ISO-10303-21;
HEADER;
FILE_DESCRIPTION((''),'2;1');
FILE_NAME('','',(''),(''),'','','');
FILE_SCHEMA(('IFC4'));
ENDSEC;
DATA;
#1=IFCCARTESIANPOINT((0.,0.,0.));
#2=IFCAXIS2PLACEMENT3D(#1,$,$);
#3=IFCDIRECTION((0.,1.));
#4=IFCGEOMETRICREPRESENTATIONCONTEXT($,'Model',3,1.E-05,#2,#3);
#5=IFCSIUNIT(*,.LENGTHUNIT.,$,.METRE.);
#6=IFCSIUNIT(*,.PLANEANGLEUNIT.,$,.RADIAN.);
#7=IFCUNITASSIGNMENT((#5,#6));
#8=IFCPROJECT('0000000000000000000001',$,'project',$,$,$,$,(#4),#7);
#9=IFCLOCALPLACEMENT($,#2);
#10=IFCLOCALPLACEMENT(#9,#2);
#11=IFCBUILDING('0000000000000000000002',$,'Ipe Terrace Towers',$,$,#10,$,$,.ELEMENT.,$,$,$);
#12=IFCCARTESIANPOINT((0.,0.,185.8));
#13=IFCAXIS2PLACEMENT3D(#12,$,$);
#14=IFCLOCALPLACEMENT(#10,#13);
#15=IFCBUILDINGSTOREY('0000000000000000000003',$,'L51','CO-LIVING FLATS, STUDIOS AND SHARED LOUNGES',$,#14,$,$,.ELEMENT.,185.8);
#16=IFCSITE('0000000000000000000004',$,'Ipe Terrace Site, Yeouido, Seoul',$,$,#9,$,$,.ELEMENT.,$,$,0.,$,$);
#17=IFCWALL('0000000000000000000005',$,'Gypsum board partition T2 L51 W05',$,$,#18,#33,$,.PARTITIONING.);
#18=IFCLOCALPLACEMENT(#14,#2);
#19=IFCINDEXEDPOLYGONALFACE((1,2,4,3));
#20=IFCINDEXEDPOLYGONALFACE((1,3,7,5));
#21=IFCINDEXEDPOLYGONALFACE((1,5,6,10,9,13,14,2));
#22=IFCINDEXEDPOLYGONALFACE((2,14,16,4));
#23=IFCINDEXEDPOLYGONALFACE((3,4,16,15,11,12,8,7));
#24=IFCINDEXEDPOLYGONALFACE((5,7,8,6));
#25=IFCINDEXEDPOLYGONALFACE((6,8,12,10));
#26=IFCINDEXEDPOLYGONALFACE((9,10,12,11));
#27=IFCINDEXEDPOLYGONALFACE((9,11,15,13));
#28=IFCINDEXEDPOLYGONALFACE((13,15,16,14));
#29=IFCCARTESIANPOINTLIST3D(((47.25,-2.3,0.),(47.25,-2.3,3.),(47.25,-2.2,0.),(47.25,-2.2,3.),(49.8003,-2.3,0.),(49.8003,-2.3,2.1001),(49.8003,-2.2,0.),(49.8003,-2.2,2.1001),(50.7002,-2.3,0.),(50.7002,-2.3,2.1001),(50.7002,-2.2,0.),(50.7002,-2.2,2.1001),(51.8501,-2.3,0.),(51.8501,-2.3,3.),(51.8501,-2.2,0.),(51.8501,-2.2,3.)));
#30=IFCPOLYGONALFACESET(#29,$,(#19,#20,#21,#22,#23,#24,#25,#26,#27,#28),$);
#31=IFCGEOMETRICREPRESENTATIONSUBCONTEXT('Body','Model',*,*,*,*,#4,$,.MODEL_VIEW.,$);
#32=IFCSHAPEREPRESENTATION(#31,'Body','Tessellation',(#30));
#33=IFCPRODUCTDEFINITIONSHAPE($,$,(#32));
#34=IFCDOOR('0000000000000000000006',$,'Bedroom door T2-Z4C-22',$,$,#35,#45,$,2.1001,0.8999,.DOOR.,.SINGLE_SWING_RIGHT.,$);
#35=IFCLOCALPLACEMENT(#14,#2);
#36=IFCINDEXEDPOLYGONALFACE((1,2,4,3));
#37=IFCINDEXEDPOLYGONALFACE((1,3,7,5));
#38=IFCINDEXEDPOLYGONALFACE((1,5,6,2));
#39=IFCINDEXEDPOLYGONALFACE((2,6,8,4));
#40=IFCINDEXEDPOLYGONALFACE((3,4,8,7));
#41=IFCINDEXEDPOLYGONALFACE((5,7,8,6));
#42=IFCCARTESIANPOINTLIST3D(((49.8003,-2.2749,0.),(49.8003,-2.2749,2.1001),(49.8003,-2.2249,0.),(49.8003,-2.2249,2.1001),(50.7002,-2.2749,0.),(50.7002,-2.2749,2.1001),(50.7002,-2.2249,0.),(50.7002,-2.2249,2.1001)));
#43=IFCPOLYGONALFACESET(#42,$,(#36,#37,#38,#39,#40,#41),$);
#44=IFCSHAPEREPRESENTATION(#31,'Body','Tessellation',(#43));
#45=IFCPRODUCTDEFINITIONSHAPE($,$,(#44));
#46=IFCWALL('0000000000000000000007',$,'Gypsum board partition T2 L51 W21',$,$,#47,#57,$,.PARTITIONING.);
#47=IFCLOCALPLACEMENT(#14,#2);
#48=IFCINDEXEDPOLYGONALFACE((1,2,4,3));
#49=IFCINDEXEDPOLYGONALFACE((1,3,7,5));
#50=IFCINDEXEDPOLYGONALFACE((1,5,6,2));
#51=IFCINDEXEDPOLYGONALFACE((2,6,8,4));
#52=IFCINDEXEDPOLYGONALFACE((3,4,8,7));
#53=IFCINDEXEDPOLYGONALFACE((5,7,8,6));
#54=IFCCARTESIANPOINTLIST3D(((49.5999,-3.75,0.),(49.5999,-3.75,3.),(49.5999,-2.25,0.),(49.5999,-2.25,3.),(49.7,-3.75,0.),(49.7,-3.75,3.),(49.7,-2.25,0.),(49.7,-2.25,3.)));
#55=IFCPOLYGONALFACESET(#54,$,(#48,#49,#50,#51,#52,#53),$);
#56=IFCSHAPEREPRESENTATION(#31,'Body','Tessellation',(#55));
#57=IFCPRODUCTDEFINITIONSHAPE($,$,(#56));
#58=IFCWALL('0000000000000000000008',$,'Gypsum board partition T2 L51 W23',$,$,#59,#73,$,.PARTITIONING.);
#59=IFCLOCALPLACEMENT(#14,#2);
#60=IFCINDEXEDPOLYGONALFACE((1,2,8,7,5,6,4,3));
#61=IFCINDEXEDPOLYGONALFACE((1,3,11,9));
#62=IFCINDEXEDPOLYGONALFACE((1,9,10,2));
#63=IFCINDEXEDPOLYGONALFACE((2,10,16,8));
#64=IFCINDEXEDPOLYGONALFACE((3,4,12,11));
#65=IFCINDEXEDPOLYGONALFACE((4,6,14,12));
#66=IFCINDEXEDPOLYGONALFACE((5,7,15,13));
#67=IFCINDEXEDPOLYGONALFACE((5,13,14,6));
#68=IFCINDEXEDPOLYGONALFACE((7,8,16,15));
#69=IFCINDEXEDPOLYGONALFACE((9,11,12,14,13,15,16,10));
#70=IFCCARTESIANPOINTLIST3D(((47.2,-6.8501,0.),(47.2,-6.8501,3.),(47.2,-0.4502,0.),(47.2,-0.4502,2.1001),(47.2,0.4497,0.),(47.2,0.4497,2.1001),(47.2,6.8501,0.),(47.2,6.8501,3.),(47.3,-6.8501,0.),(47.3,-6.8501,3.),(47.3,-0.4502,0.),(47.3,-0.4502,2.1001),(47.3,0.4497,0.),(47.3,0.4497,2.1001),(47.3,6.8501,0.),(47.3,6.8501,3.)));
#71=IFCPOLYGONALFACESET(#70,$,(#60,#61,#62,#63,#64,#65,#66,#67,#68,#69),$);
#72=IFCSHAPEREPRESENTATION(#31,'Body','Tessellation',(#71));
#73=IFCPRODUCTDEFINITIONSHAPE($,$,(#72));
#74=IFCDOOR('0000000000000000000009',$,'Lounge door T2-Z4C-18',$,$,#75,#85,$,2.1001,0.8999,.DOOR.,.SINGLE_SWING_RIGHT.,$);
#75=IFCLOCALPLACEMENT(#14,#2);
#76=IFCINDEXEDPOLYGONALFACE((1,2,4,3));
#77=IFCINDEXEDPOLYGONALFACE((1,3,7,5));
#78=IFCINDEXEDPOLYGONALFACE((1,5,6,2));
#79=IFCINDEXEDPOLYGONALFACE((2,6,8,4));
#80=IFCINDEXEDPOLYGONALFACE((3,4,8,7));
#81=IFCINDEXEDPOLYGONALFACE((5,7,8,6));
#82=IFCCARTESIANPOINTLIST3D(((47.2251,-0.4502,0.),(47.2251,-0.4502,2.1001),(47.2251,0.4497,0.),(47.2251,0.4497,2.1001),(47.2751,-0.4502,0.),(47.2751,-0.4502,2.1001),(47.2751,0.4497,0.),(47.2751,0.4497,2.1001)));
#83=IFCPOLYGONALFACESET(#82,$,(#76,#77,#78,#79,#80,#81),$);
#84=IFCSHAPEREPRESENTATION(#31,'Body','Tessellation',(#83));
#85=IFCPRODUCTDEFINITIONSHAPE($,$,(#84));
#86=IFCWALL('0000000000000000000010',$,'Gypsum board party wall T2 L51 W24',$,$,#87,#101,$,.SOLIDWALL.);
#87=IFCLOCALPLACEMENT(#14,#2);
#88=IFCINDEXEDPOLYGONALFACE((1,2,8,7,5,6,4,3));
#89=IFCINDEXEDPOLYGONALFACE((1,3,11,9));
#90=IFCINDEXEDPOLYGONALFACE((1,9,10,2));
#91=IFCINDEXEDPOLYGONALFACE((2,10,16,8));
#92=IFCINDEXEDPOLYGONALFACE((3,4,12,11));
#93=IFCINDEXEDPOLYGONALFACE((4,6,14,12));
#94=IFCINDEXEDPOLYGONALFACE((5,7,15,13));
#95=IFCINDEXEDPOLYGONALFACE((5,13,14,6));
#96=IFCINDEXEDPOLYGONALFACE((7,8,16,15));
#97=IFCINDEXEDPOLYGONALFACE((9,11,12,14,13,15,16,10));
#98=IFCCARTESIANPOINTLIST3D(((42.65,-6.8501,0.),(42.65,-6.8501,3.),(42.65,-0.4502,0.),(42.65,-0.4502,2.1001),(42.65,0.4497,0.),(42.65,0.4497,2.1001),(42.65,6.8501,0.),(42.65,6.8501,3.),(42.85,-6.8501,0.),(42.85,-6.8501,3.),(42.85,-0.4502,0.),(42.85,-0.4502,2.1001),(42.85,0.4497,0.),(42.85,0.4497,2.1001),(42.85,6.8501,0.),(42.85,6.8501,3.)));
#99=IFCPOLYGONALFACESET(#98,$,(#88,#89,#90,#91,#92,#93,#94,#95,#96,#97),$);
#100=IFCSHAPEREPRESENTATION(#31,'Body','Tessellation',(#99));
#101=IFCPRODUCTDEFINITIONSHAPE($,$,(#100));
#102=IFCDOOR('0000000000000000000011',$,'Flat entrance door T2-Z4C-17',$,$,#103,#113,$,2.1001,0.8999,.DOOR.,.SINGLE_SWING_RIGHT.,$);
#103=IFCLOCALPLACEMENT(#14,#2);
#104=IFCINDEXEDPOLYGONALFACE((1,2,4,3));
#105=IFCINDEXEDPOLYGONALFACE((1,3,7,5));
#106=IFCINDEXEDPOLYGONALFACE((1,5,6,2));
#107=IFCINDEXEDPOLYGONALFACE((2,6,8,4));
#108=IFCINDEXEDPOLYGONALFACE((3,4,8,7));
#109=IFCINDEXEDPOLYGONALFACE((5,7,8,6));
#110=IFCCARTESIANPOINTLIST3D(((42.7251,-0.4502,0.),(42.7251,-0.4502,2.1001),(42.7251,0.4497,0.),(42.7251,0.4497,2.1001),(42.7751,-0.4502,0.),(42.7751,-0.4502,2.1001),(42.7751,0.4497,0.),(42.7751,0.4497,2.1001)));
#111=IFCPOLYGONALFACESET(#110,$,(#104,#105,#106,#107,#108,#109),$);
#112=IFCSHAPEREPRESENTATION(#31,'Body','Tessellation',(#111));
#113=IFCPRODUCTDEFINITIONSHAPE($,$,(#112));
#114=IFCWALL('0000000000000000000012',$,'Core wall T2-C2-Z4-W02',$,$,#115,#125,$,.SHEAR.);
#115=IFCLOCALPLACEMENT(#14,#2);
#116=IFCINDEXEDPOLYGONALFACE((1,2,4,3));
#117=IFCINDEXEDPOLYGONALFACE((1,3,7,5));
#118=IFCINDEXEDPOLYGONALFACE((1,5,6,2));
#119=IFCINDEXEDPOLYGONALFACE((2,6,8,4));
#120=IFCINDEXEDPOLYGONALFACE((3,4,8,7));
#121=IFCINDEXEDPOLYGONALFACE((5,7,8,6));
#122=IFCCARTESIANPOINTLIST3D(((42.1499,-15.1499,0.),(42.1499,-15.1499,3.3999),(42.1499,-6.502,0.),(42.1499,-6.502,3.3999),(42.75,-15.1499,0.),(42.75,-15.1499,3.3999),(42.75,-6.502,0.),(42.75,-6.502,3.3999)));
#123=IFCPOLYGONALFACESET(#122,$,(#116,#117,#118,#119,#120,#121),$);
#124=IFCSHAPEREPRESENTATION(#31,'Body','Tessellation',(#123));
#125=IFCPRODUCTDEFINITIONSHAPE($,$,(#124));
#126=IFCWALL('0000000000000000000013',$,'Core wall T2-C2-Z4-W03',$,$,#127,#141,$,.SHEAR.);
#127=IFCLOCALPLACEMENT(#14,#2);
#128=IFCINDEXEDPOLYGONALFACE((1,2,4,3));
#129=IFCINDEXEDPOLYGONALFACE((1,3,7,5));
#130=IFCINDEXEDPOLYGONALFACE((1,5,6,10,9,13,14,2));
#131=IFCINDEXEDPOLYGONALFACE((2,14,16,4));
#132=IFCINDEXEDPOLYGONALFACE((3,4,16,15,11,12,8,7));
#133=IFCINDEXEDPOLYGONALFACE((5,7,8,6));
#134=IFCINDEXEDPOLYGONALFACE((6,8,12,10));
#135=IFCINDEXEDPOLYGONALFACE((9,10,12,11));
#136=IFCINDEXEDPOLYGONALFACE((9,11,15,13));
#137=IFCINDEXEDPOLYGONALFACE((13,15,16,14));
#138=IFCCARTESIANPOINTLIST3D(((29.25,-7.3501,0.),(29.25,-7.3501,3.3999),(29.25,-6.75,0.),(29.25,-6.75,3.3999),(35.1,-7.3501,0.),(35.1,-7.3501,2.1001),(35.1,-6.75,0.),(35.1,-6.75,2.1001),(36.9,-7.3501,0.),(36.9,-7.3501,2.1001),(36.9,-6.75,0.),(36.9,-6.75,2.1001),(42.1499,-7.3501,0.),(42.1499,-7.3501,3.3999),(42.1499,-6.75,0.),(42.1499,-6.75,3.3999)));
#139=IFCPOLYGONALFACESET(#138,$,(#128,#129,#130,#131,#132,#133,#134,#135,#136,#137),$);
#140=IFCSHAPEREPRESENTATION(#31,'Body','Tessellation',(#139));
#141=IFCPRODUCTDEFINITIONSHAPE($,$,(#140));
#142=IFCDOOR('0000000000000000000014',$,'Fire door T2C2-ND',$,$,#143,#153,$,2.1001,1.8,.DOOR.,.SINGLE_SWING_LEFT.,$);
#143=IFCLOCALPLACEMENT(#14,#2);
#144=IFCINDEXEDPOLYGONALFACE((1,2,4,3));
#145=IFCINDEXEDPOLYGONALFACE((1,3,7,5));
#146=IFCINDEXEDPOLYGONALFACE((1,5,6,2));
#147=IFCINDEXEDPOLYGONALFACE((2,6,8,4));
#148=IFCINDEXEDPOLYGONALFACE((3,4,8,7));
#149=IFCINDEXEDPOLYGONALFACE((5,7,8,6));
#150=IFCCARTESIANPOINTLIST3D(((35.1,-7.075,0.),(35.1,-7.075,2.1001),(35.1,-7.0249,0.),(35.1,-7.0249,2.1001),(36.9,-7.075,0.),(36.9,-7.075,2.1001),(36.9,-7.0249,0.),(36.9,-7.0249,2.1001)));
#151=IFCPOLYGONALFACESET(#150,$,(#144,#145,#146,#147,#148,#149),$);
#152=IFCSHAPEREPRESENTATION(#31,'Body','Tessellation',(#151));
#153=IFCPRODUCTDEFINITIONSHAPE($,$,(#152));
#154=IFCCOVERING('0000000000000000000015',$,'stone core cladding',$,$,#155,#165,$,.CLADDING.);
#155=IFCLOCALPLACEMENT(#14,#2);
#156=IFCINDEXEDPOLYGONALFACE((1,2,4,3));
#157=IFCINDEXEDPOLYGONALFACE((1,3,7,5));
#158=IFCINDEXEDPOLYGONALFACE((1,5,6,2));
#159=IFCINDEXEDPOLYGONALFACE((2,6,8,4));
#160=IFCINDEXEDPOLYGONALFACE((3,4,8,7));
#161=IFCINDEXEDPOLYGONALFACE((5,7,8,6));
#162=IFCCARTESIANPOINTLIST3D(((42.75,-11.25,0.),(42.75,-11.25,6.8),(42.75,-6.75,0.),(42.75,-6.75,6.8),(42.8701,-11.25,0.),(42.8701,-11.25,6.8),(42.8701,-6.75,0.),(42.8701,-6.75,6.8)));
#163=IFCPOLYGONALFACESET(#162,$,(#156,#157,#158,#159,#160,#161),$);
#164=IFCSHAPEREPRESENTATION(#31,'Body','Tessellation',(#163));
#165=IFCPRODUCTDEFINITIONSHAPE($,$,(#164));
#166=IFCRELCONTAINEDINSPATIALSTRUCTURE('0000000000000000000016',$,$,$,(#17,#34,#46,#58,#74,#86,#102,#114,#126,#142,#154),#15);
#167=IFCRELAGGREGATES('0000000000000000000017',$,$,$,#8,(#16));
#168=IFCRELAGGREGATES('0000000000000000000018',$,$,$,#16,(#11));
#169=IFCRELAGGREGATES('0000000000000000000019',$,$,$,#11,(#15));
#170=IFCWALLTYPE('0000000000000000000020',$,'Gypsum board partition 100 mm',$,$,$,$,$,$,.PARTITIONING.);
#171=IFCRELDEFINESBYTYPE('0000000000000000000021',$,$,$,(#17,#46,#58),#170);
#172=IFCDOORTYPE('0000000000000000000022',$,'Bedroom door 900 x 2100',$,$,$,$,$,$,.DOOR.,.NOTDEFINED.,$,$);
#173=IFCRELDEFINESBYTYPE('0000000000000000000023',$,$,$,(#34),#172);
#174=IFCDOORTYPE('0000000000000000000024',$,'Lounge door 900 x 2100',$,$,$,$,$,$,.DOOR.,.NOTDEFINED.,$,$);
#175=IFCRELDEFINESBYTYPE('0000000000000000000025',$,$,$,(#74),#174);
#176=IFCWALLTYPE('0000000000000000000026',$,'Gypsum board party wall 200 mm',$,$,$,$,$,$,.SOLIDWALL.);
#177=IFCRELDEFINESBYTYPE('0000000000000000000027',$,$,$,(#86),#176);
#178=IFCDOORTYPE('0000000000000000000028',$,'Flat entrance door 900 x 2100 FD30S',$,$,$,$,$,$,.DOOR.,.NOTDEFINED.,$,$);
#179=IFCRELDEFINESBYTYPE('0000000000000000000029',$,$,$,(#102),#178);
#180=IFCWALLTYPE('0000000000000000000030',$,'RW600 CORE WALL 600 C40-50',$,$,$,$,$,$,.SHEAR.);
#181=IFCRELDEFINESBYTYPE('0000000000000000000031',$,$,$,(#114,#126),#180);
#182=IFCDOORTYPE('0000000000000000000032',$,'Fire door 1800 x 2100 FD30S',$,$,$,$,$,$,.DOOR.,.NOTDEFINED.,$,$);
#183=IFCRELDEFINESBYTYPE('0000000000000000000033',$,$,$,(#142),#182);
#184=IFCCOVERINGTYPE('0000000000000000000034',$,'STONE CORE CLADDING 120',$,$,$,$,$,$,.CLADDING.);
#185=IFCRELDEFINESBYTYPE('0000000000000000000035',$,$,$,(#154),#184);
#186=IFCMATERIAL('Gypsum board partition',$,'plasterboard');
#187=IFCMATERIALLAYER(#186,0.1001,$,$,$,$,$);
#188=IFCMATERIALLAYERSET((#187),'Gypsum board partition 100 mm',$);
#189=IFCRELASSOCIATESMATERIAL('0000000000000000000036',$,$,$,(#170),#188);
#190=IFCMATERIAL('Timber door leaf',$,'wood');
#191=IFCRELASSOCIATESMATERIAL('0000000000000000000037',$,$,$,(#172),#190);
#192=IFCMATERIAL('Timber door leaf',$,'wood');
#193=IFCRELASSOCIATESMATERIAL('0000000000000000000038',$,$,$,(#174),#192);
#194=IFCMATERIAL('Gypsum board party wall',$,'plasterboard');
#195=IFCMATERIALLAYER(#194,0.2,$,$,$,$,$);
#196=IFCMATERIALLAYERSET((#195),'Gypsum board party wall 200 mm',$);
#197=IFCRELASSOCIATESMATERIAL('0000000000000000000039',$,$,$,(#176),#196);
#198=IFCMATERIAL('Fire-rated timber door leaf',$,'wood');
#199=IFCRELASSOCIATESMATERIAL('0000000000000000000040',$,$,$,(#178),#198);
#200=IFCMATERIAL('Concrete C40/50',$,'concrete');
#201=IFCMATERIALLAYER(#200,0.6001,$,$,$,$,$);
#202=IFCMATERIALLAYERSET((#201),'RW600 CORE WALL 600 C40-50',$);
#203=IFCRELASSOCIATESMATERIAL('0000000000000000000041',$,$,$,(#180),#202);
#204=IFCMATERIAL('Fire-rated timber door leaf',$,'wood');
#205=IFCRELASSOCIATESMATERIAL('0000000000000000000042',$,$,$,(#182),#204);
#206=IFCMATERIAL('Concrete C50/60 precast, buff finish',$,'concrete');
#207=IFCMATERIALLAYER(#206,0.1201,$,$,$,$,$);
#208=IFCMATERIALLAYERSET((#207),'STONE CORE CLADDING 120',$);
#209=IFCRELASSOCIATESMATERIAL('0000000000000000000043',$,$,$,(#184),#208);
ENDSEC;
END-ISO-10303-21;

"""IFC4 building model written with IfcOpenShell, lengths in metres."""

from ifc_helpers import new_model, si_unit, direction, frame, frame_2d, origin, origin_2d, place, context, subcontext, project, spatial, rectangle, extrude, material, layer, layer_set, type_object, element, fill, save


model = new_model("IFC4")

# Units and contexts
model_context = context("Model", 3, precision=1e-05, world=origin(), true_north=direction((0.0, 1.0)))
body_context = subcontext(model_context, "Body", "Model", "MODEL_VIEW")
ifc_project = project(units=[si_unit("LENGTHUNIT", "METRE"), si_unit("PLANEANGLEUNIT", "RADIAN")], contexts=[model_context])

# Site, building, storey
site_placement = place(None, origin())
site = spatial("IfcSite", under=ifc_project, at=site_placement, Name="Ipe Terrace Site, Yeouido, Seoul", CompositionType="ELEMENT", RefElevation=0.0)
building_placement = place(site_placement, origin())
building = spatial("IfcBuilding", under=site, at=building_placement, Name="Ipe Terrace Towers", CompositionType="ELEMENT")
storey_placement = place(building_placement, frame((0.0, 0.0, 185.8)))
storey = spatial("IfcBuildingStorey", under=building, at=storey_placement, Name="L51", Description="CO-LIVING FLATS, STUDIOS AND SHARED LOUNGES", CompositionType="ELEMENT", Elevation=185.8)

# Wall, opening, door
ifc_material_1 = material(Name="Gypsum board partition", Category="plasterboard")
ifc_layer_1 = layer(ifc_material_1, 0.1001)
ifc_layer_set_1 = layer_set([ifc_layer_1], Name="Gypsum board partition 100 mm")
wall_type_1 = type_object("IfcWallType", Name="Gypsum board partition 100 mm", PredefinedType="PARTITIONING", material=ifc_layer_set_1)
wall_1_placement = place(storey_placement, frame((51.8501, -2.25, 0.0), z_axis=(0.0, 0.0, 1.0), x_axis=(-1.0, 0.0, 0.0)))
wall_1 = element("IfcWall", 1, at=wall_1_placement, inside=storey, type_object=wall_type_1, Name="Gypsum board partition T2 L51 W05", PredefinedType="PARTITIONING", context=body_context, shape_type="SweptSolid", body=[
    extrude(rectangle(XDim=4.6001, YDim=0.1001, at=frame_2d((2.3, 0.0))), origin(), (0.0, 0.0, 1.0), 3.0),
])
opening_1_placement = place(wall_1_placement, frame((1.1499, 0.0, 0.0)))
opening_1 = element("IfcOpeningElement", 2, at=opening_1_placement, cuts=wall_1, PredefinedType="OPENING", context=body_context, shape_type="SweptSolid", body=[
    extrude(rectangle(XDim=0.8999, YDim=2.1001, at=frame_2d((0.45, 1.05))), frame((0.0, 0.0601, 0.0), z_axis=(0.0, -1.0, 0.0), x_axis=(1.0, 0.0, 0.0)), (0.0, 0.0, 1.0), 0.1201),
])
ifc_material_2 = material(Name="Timber door leaf", Category="wood")
door_type_1 = type_object("IfcDoorType", Name="Bedroom door 900 x 2100", OperationType="NOTDEFINED", PredefinedType="DOOR", material=ifc_material_2)
door_1_placement = place(opening_1_placement, origin())
door_1 = element("IfcDoor", 3, at=door_1_placement, inside=storey, type_object=door_type_1, Name="Bedroom door T2-Z4C-22", OperationType="SINGLE_SWING_RIGHT", OverallHeight=2.1001, OverallWidth=0.8999, PredefinedType="DOOR", context=body_context, shape_type="SweptSolid", body=[
    extrude(rectangle(XDim=0.8999, YDim=2.1001, at=frame_2d((0.45, 1.05))), frame((0.0, 0.0249, 0.0), z_axis=(0.0, -1.0, 0.0), x_axis=(1.0, 0.0, 0.0)), (0.0, 0.0, 1.0), 0.05),
])
fill(opening_1, door_1)

# Wall
wall_2_placement = place(storey_placement, frame((49.6499, -3.75, 0.0), z_axis=(0.0, 0.0, 1.0), x_axis=(0.0, 1.0, 0.0)))
element("IfcWall", 4, at=wall_2_placement, inside=storey, type_object=wall_type_1, Name="Gypsum board partition T2 L51 W21", PredefinedType="PARTITIONING", context=body_context, shape_type="SweptSolid", body=[
    extrude(rectangle(XDim=1.5, YDim=0.1001, at=frame_2d((0.75, 0.0))), origin(), (0.0, 0.0, 1.0), 3.0),
])

# Walls, openings, doors
wall_3_placement = place(storey_placement, frame((47.25, -6.8501, 0.0), z_axis=(0.0, 0.0, 1.0), x_axis=(0.0, 1.0, 0.0)))
wall_3 = element("IfcWall", 5, at=wall_3_placement, inside=storey, type_object=wall_type_1, Name="Gypsum board partition T2 L51 W23", PredefinedType="PARTITIONING", context=body_context, shape_type="SweptSolid", body=[
    extrude(rectangle(XDim=13.7002, YDim=0.1001, at=frame_2d((6.8501, 0.0))), origin(), (0.0, 0.0, 1.0), 3.0),
])
opening_2_placement = place(wall_3_placement, frame((6.3999, 0.0, 0.0)))
opening_2 = element("IfcOpeningElement", 6, at=opening_2_placement, cuts=wall_3, PredefinedType="OPENING", context=body_context, shape_type="SweptSolid", body=[
    extrude(rectangle(XDim=0.8999, YDim=2.1001, at=frame_2d((0.45, 1.05))), frame((0.0, 0.0601, 0.0), z_axis=(0.0, -1.0, 0.0), x_axis=(1.0, 0.0, 0.0)), (0.0, 0.0, 1.0), 0.1201),
])
ifc_material_3 = material(Name="Timber door leaf", Category="wood")
door_type_2 = type_object("IfcDoorType", Name="Lounge door 900 x 2100", OperationType="NOTDEFINED", PredefinedType="DOOR", material=ifc_material_3)
door_2_placement = place(opening_2_placement, origin())
door_2 = element("IfcDoor", 7, at=door_2_placement, inside=storey, type_object=door_type_2, Name="Lounge door T2-Z4C-18", OperationType="SINGLE_SWING_RIGHT", OverallHeight=2.1001, OverallWidth=0.8999, PredefinedType="DOOR", context=body_context, shape_type="SweptSolid", body=[
    extrude(rectangle(XDim=0.8999, YDim=2.1001, at=frame_2d((0.45, 1.05))), frame((0.0, 0.0249, 0.0), z_axis=(0.0, -1.0, 0.0), x_axis=(1.0, 0.0, 0.0)), (0.0, 0.0, 1.0), 0.05),
])
fill(opening_2, door_2)
ifc_material_4 = material(Name="Gypsum board party wall", Category="plasterboard")
ifc_layer_2 = layer(ifc_material_4, 0.2)
ifc_layer_set_2 = layer_set([ifc_layer_2], Name="Gypsum board party wall 200 mm")
wall_type_2 = type_object("IfcWallType", Name="Gypsum board party wall 200 mm", PredefinedType="SOLIDWALL", material=ifc_layer_set_2)
wall_4_placement = place(storey_placement, frame((42.75, -6.8501, 0.0), z_axis=(0.0, 0.0, 1.0), x_axis=(0.0, 1.0, 0.0)))
wall_4 = element("IfcWall", 8, at=wall_4_placement, inside=storey, type_object=wall_type_2, Name="Gypsum board party wall T2 L51 W24", PredefinedType="SOLIDWALL", context=body_context, shape_type="SweptSolid", body=[
    extrude(rectangle(XDim=13.7002, YDim=0.2, at=frame_2d((6.8501, 0.0))), origin(), (0.0, 0.0, 1.0), 3.0),
])
opening_3_placement = place(wall_4_placement, frame((6.3999, 0.0, 0.0)))
opening_3 = element("IfcOpeningElement", 9, at=opening_3_placement, cuts=wall_4, PredefinedType="OPENING", context=body_context, shape_type="SweptSolid", body=[
    extrude(rectangle(XDim=0.8999, YDim=2.1001, at=frame_2d((0.45, 1.05))), frame((0.0, 0.1099, 0.0), z_axis=(0.0, -1.0, 0.0), x_axis=(1.0, 0.0, 0.0)), (0.0, 0.0, 1.0), 0.22),
])
ifc_material_5 = material(Name="Fire-rated timber door leaf", Category="wood")
door_type_3 = type_object("IfcDoorType", Name="Flat entrance door 900 x 2100 FD30S", OperationType="NOTDEFINED", PredefinedType="DOOR", material=ifc_material_5)
door_3_placement = place(opening_3_placement, origin())
door_3 = element("IfcDoor", 10, at=door_3_placement, inside=storey, type_object=door_type_3, Name="Flat entrance door T2-Z4C-17", OperationType="SINGLE_SWING_RIGHT", OverallHeight=2.1001, OverallWidth=0.8999, PredefinedType="DOOR", context=body_context, shape_type="SweptSolid", body=[
    extrude(rectangle(XDim=0.8999, YDim=2.1001, at=frame_2d((0.45, 1.05))), frame((0.0, 0.0249, 0.0), z_axis=(0.0, -1.0, 0.0), x_axis=(1.0, 0.0, 0.0)), (0.0, 0.0, 1.0), 0.05),
])
fill(opening_3, door_3)

# Wall
ifc_material_6 = material(Name="Concrete C40/50", Category="concrete")
ifc_layer_3 = layer(ifc_material_6, 0.6001)
ifc_layer_set_3 = layer_set([ifc_layer_3], Name="RW600 CORE WALL 600 C40-50")
wall_type_3 = type_object("IfcWallType", Name="RW600 CORE WALL 600 C40-50", PredefinedType="SHEAR", material=ifc_layer_set_3)
wall_5_placement = place(storey_placement, frame((42.45, -15.1499, 0.0), z_axis=(0.0, 0.0, 1.0), x_axis=(0.0, 1.0, 0.0)))
element("IfcWall", 11, at=wall_5_placement, inside=storey, type_object=wall_type_3, Name="Core wall T2-C2-Z4-W02", PredefinedType="SHEAR", context=body_context, shape_type="SweptSolid", body=[
    extrude(rectangle(XDim=8.6479, YDim=0.6001, at=frame_2d((4.324, 0.0))), origin(), (0.0, 0.0, 1.0), 3.3999),
])

# Wall, opening, door
wall_6_placement = place(storey_placement, frame((42.1499, -7.05, 0.0), z_axis=(0.0, 0.0, 1.0), x_axis=(-1.0, 0.0, 0.0)))
wall_6 = element("IfcWall", 12, at=wall_6_placement, inside=storey, type_object=wall_type_3, Name="Core wall T2-C2-Z4-W03", PredefinedType="SHEAR", context=body_context, shape_type="SweptSolid", body=[
    extrude(rectangle(XDim=12.8999, YDim=0.6001, at=frame_2d((6.45, 0.0))), origin(), (0.0, 0.0, 1.0), 3.3999),
])
opening_4_placement = place(wall_6_placement, frame((5.25, 0.0, 0.0)))
opening_4 = element("IfcOpeningElement", 13, at=opening_4_placement, cuts=wall_6, PredefinedType="OPENING", context=body_context, shape_type="SweptSolid", body=[
    extrude(rectangle(XDim=1.8, YDim=2.1001, at=frame_2d((0.8999, 1.05))), frame((0.0, 0.3101, 0.0), z_axis=(0.0, -1.0, 0.0), x_axis=(1.0, 0.0, 0.0)), (0.0, 0.0, 1.0), 0.6201),
])
ifc_material_7 = material(Name="Fire-rated timber door leaf", Category="wood")
door_type_4 = type_object("IfcDoorType", Name="Fire door 1800 x 2100 FD30S", OperationType="NOTDEFINED", PredefinedType="DOOR", material=ifc_material_7)
door_4_placement = place(opening_4_placement, origin())
door_4 = element("IfcDoor", 14, at=door_4_placement, inside=storey, type_object=door_type_4, Name="Fire door T2C2-ND", OperationType="SINGLE_SWING_LEFT", OverallHeight=2.1001, OverallWidth=1.8, PredefinedType="DOOR", context=body_context, shape_type="SweptSolid", body=[
    extrude(rectangle(XDim=1.8, YDim=2.1001, at=frame_2d((0.8999, 1.05))), frame((0.0, 0.0249, 0.0), z_axis=(0.0, -1.0, 0.0), x_axis=(1.0, 0.0, 0.0)), (0.0, 0.0, 1.0), 0.05),
])
fill(opening_4, door_4)

# Covering
ifc_material_8 = material(Name="Concrete C50/60 precast, buff finish", Category="concrete")
ifc_layer_4 = layer(ifc_material_8, 0.1201)
ifc_layer_set_4 = layer_set([ifc_layer_4], Name="STONE CORE CLADDING 120")
covering_type = type_object("IfcCoveringType", Name="STONE CORE CLADDING 120", PredefinedType="CLADDING", material=ifc_layer_set_4)
covering_placement = place(storey_placement, frame((42.8101, -9.0, 0.0), z_axis=(0.0, 0.0, 1.0), x_axis=(0.0, 1.0, 0.0)))
element("IfcCovering", 15, at=covering_placement, inside=storey, type_object=covering_type, Name="stone core cladding", PredefinedType="CLADDING", context=body_context, shape_type="SweptSolid", body=[
    extrude(rectangle(XDim=4.5, YDim=0.1201, at=origin_2d()), origin(), (0.0, 0.0, 1.0), 6.8),
])

save(model, "model.ifc")
